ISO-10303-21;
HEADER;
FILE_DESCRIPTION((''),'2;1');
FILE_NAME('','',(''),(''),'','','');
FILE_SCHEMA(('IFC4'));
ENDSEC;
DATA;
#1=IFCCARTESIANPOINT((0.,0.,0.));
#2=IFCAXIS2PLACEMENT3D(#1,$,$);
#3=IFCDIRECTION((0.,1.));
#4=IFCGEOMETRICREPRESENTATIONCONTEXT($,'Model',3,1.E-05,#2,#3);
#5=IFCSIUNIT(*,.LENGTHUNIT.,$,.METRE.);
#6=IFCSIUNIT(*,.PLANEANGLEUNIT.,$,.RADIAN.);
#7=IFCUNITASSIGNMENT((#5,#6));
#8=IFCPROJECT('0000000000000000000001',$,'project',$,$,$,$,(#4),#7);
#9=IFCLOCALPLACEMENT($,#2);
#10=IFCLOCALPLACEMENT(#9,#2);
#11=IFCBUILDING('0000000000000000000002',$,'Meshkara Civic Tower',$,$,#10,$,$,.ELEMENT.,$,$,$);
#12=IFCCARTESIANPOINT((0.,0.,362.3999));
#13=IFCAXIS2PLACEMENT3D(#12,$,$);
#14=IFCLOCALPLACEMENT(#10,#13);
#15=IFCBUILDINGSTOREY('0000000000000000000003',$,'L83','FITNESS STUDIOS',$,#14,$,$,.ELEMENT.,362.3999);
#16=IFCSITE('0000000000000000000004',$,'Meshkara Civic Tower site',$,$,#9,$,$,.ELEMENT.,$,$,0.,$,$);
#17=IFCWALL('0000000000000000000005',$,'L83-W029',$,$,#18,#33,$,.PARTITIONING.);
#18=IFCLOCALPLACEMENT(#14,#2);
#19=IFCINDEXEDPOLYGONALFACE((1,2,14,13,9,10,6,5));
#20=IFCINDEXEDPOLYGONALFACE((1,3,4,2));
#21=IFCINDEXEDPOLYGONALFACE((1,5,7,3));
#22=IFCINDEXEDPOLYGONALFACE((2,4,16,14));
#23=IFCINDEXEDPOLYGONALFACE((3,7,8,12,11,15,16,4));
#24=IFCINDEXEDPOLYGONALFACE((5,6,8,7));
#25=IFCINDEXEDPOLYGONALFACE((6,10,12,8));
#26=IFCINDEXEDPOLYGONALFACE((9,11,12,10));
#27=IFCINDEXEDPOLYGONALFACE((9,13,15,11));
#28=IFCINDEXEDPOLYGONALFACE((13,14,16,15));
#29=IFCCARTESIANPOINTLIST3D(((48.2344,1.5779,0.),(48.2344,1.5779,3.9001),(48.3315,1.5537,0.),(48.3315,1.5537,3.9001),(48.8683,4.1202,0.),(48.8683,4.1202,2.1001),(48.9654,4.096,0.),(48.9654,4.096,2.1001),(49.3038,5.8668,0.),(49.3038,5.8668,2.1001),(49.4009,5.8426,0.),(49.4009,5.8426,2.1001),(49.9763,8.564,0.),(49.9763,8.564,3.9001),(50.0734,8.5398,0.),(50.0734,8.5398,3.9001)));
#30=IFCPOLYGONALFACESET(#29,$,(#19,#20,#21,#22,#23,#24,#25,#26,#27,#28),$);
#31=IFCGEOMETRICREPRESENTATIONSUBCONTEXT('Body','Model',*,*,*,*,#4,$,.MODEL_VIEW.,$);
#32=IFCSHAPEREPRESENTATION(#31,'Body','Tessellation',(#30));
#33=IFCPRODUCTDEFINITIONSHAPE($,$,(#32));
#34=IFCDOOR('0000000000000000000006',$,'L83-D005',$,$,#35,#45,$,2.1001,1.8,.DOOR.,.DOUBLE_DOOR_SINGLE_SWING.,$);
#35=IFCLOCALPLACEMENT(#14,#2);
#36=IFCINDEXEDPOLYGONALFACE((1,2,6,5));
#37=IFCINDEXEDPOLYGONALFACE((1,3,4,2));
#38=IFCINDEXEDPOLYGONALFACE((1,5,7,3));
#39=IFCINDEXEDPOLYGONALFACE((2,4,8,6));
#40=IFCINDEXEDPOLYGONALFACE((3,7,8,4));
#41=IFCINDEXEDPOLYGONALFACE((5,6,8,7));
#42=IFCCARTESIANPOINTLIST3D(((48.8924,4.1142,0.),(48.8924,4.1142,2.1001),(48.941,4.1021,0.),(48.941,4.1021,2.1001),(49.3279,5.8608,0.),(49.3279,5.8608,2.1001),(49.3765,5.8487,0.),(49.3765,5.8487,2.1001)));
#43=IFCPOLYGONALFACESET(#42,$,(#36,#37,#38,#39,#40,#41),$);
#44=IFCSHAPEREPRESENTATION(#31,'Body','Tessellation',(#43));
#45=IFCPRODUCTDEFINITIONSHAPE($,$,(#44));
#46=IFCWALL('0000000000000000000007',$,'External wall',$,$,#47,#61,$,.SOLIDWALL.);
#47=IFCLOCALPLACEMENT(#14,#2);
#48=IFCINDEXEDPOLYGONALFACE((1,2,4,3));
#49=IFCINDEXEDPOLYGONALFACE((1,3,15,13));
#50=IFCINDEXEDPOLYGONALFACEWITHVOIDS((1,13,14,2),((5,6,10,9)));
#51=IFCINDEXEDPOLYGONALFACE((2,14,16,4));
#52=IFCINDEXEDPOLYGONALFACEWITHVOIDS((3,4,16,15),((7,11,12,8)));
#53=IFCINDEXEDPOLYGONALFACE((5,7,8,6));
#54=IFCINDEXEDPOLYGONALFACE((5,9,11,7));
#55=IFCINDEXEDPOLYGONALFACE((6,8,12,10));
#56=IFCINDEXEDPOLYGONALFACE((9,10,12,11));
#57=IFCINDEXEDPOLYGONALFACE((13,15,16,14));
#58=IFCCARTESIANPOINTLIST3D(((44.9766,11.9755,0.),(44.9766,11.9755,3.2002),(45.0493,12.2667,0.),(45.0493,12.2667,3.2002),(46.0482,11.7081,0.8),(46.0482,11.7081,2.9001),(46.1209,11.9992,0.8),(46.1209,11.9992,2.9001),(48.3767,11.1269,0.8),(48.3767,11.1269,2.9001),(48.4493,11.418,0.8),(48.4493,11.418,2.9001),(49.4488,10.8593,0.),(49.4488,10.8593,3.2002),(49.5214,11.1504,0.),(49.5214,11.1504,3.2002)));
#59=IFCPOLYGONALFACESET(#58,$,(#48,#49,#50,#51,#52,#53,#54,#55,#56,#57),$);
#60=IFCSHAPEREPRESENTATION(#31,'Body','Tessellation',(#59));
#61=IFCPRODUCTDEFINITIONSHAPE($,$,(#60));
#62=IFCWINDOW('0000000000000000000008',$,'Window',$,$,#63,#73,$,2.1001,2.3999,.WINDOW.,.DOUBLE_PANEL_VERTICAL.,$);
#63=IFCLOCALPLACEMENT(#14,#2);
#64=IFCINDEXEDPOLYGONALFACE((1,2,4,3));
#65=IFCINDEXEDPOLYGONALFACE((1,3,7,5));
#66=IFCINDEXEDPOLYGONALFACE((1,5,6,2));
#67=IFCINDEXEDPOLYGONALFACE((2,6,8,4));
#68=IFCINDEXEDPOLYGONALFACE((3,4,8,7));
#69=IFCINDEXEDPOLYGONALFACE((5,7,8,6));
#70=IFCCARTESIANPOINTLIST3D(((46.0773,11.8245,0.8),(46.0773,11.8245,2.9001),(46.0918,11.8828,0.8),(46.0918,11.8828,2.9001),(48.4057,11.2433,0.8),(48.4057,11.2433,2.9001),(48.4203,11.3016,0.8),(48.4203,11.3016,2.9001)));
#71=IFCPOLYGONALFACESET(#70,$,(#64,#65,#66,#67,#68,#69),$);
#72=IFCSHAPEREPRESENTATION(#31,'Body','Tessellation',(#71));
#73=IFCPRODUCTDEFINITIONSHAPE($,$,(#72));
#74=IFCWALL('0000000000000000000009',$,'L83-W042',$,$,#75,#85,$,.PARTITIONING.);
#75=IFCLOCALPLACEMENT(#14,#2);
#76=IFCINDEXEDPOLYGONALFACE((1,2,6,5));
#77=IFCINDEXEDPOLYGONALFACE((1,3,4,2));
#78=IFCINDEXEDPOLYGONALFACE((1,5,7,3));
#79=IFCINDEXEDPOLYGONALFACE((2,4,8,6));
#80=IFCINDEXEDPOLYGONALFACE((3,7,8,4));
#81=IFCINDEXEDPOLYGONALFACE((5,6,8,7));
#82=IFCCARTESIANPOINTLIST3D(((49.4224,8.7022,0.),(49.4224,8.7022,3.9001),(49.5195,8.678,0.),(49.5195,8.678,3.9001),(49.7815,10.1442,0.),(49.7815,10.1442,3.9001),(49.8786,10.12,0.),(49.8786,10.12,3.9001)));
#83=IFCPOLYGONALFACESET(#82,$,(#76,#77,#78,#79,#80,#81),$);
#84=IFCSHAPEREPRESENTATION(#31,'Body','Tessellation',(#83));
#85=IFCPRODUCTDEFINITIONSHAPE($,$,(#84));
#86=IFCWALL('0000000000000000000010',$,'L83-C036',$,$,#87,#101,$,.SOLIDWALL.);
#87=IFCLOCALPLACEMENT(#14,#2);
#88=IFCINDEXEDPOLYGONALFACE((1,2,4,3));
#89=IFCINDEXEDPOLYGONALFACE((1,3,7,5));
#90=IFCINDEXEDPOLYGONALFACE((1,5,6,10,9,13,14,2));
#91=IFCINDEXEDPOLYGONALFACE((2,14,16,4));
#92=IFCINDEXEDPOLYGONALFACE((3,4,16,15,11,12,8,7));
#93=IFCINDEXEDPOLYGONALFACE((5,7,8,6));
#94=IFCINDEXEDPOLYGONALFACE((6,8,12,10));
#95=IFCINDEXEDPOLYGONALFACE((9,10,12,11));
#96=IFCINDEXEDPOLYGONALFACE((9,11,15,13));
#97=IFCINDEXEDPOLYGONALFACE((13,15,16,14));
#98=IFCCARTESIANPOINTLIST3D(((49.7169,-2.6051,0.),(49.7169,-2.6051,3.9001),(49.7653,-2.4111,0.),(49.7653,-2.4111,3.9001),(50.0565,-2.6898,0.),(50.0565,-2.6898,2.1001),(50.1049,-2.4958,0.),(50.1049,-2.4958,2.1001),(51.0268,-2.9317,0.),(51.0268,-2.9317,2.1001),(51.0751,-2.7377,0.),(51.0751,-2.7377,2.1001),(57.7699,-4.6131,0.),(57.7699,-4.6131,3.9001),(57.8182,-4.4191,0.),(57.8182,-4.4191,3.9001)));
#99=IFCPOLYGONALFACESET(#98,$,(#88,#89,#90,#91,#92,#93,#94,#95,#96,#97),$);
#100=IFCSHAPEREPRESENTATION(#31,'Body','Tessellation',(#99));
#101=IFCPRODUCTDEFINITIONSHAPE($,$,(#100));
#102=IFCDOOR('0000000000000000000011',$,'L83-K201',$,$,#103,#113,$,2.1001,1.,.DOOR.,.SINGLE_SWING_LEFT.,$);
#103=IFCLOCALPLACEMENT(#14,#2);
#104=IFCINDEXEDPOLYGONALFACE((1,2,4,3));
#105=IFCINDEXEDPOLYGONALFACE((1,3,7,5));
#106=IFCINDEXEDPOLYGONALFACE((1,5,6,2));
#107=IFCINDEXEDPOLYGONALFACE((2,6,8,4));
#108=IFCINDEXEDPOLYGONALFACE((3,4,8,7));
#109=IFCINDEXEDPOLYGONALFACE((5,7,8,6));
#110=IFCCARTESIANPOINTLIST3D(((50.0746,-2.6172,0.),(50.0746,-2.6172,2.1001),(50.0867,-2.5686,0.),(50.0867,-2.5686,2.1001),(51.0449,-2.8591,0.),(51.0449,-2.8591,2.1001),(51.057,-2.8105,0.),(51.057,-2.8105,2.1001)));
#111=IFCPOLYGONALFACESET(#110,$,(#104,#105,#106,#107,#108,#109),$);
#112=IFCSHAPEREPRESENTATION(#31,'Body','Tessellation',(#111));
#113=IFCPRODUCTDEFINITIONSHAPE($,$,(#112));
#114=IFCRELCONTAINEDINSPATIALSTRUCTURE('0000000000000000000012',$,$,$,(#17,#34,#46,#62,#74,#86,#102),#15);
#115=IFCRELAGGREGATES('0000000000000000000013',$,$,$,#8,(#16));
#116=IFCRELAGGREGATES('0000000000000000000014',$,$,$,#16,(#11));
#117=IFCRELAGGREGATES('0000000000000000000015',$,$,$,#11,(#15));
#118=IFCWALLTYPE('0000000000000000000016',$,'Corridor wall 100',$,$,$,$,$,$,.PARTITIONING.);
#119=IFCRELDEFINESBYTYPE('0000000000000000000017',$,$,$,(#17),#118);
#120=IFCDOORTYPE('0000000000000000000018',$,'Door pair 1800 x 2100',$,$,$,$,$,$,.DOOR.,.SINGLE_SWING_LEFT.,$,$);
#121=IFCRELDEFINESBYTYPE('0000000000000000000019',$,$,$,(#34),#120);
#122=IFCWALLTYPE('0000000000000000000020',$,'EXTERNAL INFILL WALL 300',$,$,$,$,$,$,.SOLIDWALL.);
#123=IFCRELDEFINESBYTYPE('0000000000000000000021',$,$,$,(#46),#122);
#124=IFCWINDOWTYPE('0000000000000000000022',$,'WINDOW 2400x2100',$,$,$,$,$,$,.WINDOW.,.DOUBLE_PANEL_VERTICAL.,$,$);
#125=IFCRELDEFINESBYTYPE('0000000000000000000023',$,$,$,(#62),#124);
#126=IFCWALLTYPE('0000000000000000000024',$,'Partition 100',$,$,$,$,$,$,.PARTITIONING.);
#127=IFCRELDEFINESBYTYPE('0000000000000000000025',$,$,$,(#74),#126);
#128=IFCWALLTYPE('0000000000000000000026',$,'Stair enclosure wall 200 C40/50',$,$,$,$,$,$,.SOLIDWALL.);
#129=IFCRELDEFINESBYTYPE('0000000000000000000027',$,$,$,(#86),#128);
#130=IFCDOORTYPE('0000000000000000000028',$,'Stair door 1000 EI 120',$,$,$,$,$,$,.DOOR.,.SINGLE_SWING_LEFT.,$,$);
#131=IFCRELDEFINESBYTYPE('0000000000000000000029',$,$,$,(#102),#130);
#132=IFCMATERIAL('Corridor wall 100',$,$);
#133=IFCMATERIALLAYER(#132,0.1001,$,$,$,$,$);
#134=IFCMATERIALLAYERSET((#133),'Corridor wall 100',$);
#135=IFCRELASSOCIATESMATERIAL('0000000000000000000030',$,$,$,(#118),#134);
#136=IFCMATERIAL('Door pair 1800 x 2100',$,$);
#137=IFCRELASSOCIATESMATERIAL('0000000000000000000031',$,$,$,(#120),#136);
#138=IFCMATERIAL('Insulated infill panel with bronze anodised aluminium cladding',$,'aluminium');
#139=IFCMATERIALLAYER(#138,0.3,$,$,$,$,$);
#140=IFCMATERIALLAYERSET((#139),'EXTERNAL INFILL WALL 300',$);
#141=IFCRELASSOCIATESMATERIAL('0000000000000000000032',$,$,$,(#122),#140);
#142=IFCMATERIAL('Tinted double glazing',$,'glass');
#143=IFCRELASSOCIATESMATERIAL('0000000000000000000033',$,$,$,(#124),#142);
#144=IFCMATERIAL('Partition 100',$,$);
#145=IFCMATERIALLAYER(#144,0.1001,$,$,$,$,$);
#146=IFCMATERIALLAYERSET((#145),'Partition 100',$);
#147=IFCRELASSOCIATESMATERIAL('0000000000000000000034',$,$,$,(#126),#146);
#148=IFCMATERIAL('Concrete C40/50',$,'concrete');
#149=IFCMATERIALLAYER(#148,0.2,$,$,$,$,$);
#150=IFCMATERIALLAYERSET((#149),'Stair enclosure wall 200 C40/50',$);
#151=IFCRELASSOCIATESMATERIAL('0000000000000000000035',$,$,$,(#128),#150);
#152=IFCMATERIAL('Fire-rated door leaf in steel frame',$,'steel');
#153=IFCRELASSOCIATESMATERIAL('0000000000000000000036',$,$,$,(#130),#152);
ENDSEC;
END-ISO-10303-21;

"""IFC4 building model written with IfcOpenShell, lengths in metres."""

from ifc_helpers import new_model, si_unit, direction, frame, frame_2d, origin, place, context, subcontext, project, spatial, rectangle, extrude, material, layer, layer_set, type_object, element, fill, save


model = new_model("IFC4")

# Units and contexts
model_context = context("Model", 3, precision=1e-05, world=origin(), true_north=direction((0.0, 1.0)))
body_context = subcontext(model_context, "Body", "Model", "MODEL_VIEW")
ifc_project = project(units=[si_unit("LENGTHUNIT", "METRE"), si_unit("PLANEANGLEUNIT", "RADIAN")], contexts=[model_context])

# Site, building, storey
site_placement = place(None, origin())
site = spatial("IfcSite", under=ifc_project, at=site_placement, Name="Meshkara Civic Tower site", CompositionType="ELEMENT", RefElevation=0.0)
building_placement = place(site_placement, origin())
building = spatial("IfcBuilding", under=site, at=building_placement, Name="Meshkara Civic Tower", CompositionType="ELEMENT")
storey_placement = place(building_placement, frame((0.0, 0.0, 362.3999)))
storey = spatial("IfcBuildingStorey", under=building, at=storey_placement, Name="L83", Description="FITNESS STUDIOS", CompositionType="ELEMENT", Elevation=362.3999)

# Shared definitions
ifc_material_1 = material(Name="Corridor wall 100")
ifc_layer_1 = layer(ifc_material_1, 0.1001)
ifc_layer_set_1 = layer_set([ifc_layer_1], Name="Corridor wall 100")
wall_type_1 = type_object("IfcWallType", Name="Corridor wall 100", PredefinedType="PARTITIONING", material=ifc_layer_set_1)

# Wall, opening, door
wall_1_placement = place(storey_placement, frame((50.0249, 8.552, 0.0), z_axis=(0.0, 0.0, 1.0), x_axis=(-0.241937, -0.970292, 0.0)))
wall_1 = element("IfcWall", 1, at=wall_1_placement, inside=storey, type_object=wall_type_1, Name="L83-W029", PredefinedType="PARTITIONING", context=body_context, shape_type="SweptSolid", body=[
    extrude(rectangle(XDim=7.2, YDim=0.1001, at=frame_2d((3.6001, 0.0))), origin(), (0.0, 0.0, 1.0), 3.9001),
])
opening_1_placement = place(wall_1_placement, frame((2.78, 0.0, 0.0)))
opening_1 = element("IfcOpeningElement", 2, at=opening_1_placement, cuts=wall_1, PredefinedType="OPENING", context=body_context, shape_type="SweptSolid", body=[
    extrude(rectangle(XDim=1.8, YDim=2.1001, at=frame_2d((0.8999, 1.05))), frame((0.0, 0.0601, 0.0), z_axis=(0.0, -1.0, 0.0), x_axis=(1.0, 0.0, 0.0)), (0.0, 0.0, 1.0), 0.1201),
])
ifc_material_2 = material(Name="Door pair 1800 x 2100")
door_type_1 = type_object("IfcDoorType", Name="Door pair 1800 x 2100", OperationType="SINGLE_SWING_LEFT", PredefinedType="DOOR", material=ifc_material_2)
door_1_placement = place(opening_1_placement, origin())
door_1 = element("IfcDoor", 3, at=door_1_placement, inside=storey, type_object=door_type_1, Name="L83-D005", OperationType="DOUBLE_DOOR_SINGLE_SWING", OverallHeight=2.1001, OverallWidth=1.8, PredefinedType="DOOR", context=body_context, shape_type="SweptSolid", body=[
    extrude(rectangle(XDim=1.8, YDim=2.1001, at=frame_2d((0.8999, 1.05))), frame((0.0, 0.0249, 0.0), z_axis=(0.0, -1.0, 0.0), x_axis=(1.0, 0.0, 0.0)), (0.0, 0.0, 1.0), 0.05),
])
fill(opening_1, door_1)

# Wall, opening, window
ifc_material_3 = material(Name="Insulated infill panel with bronze anodised aluminium cladding", Category="aluminium")
ifc_layer_2 = layer(ifc_material_3, 0.3)
ifc_layer_set_2 = layer_set([ifc_layer_2], Name="EXTERNAL INFILL WALL 300")
wall_type_2 = type_object("IfcWallType", Name="EXTERNAL INFILL WALL 300", PredefinedType="SOLIDWALL", material=ifc_layer_set_2)
wall_2_placement = place(storey_placement, frame((49.4851, 11.0049, 0.0), z_axis=(0.0, 0.0, 1.0), x_axis=(-0.970236, 0.242162, 0.0)))
wall_2 = element("IfcWall", 4, at=wall_2_placement, inside=storey, type_object=wall_type_2, Name="External wall", PredefinedType="SOLIDWALL", context=body_context, shape_type="SweptSolid", body=[
    extrude(rectangle(XDim=4.6094, YDim=0.3, at=frame_2d((2.3047, 0.0))), origin(), (0.0, 0.0, 1.0), 3.2002),
])
opening_2_placement = place(wall_2_placement, frame((1.105, 0.0, 0.8)))
opening_2 = element("IfcOpeningElement", 5, at=opening_2_placement, cuts=wall_2, PredefinedType="OPENING", context=body_context, shape_type="SweptSolid", body=[
    extrude(rectangle(XDim=2.3999, YDim=2.1001, at=frame_2d((1.2, 1.05))), frame((0.0, 0.1599, 0.0), z_axis=(0.0, -1.0, 0.0), x_axis=(1.0, 0.0, 0.0)), (0.0, 0.0, 1.0), 0.3201),
])
ifc_material_4 = material(Name="Tinted double glazing", Category="glass")
window_type = type_object("IfcWindowType", Name="WINDOW 2400x2100", PartitioningType="DOUBLE_PANEL_VERTICAL", PredefinedType="WINDOW", material=ifc_material_4)
window_placement = place(opening_2_placement, origin())
window = element("IfcWindow", 6, at=window_placement, inside=storey, type_object=window_type, Name="Window", OverallHeight=2.1001, OverallWidth=2.3999, PartitioningType="DOUBLE_PANEL_VERTICAL", PredefinedType="WINDOW", context=body_context, shape_type="SweptSolid", body=[
    extrude(rectangle(XDim=2.3999, YDim=2.1001, at=frame_2d((1.2, 1.05))), frame((0.0, 0.03, 0.0), z_axis=(0.0, -1.0, 0.0), x_axis=(1.0, 0.0, 0.0)), (0.0, 0.0, 1.0), 0.0601),
])
fill(opening_2, window)

# Wall
ifc_material_5 = material(Name="Partition 100")
ifc_layer_3 = layer(ifc_material_5, 0.1001)
ifc_layer_set_3 = layer_set([ifc_layer_3], Name="Partition 100")
wall_type_3 = type_object("IfcWallType", Name="Partition 100", PredefinedType="PARTITIONING", material=ifc_layer_set_3)
wall_3_placement = place(storey_placement, frame((49.4709, 8.6899, 0.0), z_axis=(0.0, 0.0, 1.0), x_axis=(0.241647, 0.970364, 0.0)))
element("IfcWall", 7, at=wall_3_placement, inside=storey, type_object=wall_type_3, Name="L83-W042", PredefinedType="PARTITIONING", context=body_context, shape_type="SweptSolid", body=[
    extrude(rectangle(XDim=1.4861, YDim=0.1001, at=frame_2d((0.7432, 0.0))), origin(), (0.0, 0.0, 1.0), 3.9001),
])

# Wall, opening, door
ifc_material_6 = material(Name="Concrete C40/50", Category="concrete")
ifc_layer_4 = layer(ifc_material_6, 0.2)
ifc_layer_set_4 = layer_set([ifc_layer_4], Name="Stair enclosure wall 200 C40/50")
wall_type_4 = type_object("IfcWallType", Name="Stair enclosure wall 200 C40/50", PredefinedType="SOLIDWALL", material=ifc_layer_set_4)
wall_4_placement = place(storey_placement, frame((49.741, -2.5081, 0.0), z_axis=(0.0, 0.0, 1.0), x_axis=(0.970289, -0.241947, 0.0)))
wall_4 = element("IfcWall", 8, at=wall_4_placement, inside=storey, type_object=wall_type_4, Name="L83-C036", PredefinedType="SOLIDWALL", context=body_context, shape_type="SweptSolid", body=[
    extrude(rectangle(XDim=8.2996, YDim=0.2, at=frame_2d((4.1499, 0.0))), origin(), (0.0, 0.0, 1.0), 3.9001),
])
opening_3_placement = place(wall_4_placement, frame((0.3501, 0.0, 0.0)))
opening_3 = element("IfcOpeningElement", 9, at=opening_3_placement, cuts=wall_4, PredefinedType="OPENING", context=body_context, shape_type="SweptSolid", body=[
    extrude(rectangle(XDim=1.0, YDim=2.1001, at=frame_2d((0.5, 1.05))), frame((0.0, 0.1099, 0.0), z_axis=(0.0, -1.0, 0.0), x_axis=(1.0, 0.0, 0.0)), (0.0, 0.0, 1.0), 0.22),
])
ifc_material_7 = material(Name="Fire-rated door leaf in steel frame", Category="steel")
door_type_2 = type_object("IfcDoorType", Name="Stair door 1000 EI 120", OperationType="SINGLE_SWING_LEFT", PredefinedType="DOOR", material=ifc_material_7)
door_2_placement = place(opening_3_placement, origin())
door_2 = element("IfcDoor", 10, at=door_2_placement, inside=storey, type_object=door_type_2, Name="L83-K201", OperationType="SINGLE_SWING_LEFT", OverallHeight=2.1001, OverallWidth=1.0, PredefinedType="DOOR", context=body_context, shape_type="SweptSolid", body=[
    extrude(rectangle(XDim=1.0, YDim=2.1001, at=frame_2d((0.5, 1.05))), frame((0.0, 0.0249, 0.0), z_axis=(0.0, -1.0, 0.0), x_axis=(1.0, 0.0, 0.0)), (0.0, 0.0, 1.0), 0.05),
])
fill(opening_3, door_2)

save(model, "model.ifc")
